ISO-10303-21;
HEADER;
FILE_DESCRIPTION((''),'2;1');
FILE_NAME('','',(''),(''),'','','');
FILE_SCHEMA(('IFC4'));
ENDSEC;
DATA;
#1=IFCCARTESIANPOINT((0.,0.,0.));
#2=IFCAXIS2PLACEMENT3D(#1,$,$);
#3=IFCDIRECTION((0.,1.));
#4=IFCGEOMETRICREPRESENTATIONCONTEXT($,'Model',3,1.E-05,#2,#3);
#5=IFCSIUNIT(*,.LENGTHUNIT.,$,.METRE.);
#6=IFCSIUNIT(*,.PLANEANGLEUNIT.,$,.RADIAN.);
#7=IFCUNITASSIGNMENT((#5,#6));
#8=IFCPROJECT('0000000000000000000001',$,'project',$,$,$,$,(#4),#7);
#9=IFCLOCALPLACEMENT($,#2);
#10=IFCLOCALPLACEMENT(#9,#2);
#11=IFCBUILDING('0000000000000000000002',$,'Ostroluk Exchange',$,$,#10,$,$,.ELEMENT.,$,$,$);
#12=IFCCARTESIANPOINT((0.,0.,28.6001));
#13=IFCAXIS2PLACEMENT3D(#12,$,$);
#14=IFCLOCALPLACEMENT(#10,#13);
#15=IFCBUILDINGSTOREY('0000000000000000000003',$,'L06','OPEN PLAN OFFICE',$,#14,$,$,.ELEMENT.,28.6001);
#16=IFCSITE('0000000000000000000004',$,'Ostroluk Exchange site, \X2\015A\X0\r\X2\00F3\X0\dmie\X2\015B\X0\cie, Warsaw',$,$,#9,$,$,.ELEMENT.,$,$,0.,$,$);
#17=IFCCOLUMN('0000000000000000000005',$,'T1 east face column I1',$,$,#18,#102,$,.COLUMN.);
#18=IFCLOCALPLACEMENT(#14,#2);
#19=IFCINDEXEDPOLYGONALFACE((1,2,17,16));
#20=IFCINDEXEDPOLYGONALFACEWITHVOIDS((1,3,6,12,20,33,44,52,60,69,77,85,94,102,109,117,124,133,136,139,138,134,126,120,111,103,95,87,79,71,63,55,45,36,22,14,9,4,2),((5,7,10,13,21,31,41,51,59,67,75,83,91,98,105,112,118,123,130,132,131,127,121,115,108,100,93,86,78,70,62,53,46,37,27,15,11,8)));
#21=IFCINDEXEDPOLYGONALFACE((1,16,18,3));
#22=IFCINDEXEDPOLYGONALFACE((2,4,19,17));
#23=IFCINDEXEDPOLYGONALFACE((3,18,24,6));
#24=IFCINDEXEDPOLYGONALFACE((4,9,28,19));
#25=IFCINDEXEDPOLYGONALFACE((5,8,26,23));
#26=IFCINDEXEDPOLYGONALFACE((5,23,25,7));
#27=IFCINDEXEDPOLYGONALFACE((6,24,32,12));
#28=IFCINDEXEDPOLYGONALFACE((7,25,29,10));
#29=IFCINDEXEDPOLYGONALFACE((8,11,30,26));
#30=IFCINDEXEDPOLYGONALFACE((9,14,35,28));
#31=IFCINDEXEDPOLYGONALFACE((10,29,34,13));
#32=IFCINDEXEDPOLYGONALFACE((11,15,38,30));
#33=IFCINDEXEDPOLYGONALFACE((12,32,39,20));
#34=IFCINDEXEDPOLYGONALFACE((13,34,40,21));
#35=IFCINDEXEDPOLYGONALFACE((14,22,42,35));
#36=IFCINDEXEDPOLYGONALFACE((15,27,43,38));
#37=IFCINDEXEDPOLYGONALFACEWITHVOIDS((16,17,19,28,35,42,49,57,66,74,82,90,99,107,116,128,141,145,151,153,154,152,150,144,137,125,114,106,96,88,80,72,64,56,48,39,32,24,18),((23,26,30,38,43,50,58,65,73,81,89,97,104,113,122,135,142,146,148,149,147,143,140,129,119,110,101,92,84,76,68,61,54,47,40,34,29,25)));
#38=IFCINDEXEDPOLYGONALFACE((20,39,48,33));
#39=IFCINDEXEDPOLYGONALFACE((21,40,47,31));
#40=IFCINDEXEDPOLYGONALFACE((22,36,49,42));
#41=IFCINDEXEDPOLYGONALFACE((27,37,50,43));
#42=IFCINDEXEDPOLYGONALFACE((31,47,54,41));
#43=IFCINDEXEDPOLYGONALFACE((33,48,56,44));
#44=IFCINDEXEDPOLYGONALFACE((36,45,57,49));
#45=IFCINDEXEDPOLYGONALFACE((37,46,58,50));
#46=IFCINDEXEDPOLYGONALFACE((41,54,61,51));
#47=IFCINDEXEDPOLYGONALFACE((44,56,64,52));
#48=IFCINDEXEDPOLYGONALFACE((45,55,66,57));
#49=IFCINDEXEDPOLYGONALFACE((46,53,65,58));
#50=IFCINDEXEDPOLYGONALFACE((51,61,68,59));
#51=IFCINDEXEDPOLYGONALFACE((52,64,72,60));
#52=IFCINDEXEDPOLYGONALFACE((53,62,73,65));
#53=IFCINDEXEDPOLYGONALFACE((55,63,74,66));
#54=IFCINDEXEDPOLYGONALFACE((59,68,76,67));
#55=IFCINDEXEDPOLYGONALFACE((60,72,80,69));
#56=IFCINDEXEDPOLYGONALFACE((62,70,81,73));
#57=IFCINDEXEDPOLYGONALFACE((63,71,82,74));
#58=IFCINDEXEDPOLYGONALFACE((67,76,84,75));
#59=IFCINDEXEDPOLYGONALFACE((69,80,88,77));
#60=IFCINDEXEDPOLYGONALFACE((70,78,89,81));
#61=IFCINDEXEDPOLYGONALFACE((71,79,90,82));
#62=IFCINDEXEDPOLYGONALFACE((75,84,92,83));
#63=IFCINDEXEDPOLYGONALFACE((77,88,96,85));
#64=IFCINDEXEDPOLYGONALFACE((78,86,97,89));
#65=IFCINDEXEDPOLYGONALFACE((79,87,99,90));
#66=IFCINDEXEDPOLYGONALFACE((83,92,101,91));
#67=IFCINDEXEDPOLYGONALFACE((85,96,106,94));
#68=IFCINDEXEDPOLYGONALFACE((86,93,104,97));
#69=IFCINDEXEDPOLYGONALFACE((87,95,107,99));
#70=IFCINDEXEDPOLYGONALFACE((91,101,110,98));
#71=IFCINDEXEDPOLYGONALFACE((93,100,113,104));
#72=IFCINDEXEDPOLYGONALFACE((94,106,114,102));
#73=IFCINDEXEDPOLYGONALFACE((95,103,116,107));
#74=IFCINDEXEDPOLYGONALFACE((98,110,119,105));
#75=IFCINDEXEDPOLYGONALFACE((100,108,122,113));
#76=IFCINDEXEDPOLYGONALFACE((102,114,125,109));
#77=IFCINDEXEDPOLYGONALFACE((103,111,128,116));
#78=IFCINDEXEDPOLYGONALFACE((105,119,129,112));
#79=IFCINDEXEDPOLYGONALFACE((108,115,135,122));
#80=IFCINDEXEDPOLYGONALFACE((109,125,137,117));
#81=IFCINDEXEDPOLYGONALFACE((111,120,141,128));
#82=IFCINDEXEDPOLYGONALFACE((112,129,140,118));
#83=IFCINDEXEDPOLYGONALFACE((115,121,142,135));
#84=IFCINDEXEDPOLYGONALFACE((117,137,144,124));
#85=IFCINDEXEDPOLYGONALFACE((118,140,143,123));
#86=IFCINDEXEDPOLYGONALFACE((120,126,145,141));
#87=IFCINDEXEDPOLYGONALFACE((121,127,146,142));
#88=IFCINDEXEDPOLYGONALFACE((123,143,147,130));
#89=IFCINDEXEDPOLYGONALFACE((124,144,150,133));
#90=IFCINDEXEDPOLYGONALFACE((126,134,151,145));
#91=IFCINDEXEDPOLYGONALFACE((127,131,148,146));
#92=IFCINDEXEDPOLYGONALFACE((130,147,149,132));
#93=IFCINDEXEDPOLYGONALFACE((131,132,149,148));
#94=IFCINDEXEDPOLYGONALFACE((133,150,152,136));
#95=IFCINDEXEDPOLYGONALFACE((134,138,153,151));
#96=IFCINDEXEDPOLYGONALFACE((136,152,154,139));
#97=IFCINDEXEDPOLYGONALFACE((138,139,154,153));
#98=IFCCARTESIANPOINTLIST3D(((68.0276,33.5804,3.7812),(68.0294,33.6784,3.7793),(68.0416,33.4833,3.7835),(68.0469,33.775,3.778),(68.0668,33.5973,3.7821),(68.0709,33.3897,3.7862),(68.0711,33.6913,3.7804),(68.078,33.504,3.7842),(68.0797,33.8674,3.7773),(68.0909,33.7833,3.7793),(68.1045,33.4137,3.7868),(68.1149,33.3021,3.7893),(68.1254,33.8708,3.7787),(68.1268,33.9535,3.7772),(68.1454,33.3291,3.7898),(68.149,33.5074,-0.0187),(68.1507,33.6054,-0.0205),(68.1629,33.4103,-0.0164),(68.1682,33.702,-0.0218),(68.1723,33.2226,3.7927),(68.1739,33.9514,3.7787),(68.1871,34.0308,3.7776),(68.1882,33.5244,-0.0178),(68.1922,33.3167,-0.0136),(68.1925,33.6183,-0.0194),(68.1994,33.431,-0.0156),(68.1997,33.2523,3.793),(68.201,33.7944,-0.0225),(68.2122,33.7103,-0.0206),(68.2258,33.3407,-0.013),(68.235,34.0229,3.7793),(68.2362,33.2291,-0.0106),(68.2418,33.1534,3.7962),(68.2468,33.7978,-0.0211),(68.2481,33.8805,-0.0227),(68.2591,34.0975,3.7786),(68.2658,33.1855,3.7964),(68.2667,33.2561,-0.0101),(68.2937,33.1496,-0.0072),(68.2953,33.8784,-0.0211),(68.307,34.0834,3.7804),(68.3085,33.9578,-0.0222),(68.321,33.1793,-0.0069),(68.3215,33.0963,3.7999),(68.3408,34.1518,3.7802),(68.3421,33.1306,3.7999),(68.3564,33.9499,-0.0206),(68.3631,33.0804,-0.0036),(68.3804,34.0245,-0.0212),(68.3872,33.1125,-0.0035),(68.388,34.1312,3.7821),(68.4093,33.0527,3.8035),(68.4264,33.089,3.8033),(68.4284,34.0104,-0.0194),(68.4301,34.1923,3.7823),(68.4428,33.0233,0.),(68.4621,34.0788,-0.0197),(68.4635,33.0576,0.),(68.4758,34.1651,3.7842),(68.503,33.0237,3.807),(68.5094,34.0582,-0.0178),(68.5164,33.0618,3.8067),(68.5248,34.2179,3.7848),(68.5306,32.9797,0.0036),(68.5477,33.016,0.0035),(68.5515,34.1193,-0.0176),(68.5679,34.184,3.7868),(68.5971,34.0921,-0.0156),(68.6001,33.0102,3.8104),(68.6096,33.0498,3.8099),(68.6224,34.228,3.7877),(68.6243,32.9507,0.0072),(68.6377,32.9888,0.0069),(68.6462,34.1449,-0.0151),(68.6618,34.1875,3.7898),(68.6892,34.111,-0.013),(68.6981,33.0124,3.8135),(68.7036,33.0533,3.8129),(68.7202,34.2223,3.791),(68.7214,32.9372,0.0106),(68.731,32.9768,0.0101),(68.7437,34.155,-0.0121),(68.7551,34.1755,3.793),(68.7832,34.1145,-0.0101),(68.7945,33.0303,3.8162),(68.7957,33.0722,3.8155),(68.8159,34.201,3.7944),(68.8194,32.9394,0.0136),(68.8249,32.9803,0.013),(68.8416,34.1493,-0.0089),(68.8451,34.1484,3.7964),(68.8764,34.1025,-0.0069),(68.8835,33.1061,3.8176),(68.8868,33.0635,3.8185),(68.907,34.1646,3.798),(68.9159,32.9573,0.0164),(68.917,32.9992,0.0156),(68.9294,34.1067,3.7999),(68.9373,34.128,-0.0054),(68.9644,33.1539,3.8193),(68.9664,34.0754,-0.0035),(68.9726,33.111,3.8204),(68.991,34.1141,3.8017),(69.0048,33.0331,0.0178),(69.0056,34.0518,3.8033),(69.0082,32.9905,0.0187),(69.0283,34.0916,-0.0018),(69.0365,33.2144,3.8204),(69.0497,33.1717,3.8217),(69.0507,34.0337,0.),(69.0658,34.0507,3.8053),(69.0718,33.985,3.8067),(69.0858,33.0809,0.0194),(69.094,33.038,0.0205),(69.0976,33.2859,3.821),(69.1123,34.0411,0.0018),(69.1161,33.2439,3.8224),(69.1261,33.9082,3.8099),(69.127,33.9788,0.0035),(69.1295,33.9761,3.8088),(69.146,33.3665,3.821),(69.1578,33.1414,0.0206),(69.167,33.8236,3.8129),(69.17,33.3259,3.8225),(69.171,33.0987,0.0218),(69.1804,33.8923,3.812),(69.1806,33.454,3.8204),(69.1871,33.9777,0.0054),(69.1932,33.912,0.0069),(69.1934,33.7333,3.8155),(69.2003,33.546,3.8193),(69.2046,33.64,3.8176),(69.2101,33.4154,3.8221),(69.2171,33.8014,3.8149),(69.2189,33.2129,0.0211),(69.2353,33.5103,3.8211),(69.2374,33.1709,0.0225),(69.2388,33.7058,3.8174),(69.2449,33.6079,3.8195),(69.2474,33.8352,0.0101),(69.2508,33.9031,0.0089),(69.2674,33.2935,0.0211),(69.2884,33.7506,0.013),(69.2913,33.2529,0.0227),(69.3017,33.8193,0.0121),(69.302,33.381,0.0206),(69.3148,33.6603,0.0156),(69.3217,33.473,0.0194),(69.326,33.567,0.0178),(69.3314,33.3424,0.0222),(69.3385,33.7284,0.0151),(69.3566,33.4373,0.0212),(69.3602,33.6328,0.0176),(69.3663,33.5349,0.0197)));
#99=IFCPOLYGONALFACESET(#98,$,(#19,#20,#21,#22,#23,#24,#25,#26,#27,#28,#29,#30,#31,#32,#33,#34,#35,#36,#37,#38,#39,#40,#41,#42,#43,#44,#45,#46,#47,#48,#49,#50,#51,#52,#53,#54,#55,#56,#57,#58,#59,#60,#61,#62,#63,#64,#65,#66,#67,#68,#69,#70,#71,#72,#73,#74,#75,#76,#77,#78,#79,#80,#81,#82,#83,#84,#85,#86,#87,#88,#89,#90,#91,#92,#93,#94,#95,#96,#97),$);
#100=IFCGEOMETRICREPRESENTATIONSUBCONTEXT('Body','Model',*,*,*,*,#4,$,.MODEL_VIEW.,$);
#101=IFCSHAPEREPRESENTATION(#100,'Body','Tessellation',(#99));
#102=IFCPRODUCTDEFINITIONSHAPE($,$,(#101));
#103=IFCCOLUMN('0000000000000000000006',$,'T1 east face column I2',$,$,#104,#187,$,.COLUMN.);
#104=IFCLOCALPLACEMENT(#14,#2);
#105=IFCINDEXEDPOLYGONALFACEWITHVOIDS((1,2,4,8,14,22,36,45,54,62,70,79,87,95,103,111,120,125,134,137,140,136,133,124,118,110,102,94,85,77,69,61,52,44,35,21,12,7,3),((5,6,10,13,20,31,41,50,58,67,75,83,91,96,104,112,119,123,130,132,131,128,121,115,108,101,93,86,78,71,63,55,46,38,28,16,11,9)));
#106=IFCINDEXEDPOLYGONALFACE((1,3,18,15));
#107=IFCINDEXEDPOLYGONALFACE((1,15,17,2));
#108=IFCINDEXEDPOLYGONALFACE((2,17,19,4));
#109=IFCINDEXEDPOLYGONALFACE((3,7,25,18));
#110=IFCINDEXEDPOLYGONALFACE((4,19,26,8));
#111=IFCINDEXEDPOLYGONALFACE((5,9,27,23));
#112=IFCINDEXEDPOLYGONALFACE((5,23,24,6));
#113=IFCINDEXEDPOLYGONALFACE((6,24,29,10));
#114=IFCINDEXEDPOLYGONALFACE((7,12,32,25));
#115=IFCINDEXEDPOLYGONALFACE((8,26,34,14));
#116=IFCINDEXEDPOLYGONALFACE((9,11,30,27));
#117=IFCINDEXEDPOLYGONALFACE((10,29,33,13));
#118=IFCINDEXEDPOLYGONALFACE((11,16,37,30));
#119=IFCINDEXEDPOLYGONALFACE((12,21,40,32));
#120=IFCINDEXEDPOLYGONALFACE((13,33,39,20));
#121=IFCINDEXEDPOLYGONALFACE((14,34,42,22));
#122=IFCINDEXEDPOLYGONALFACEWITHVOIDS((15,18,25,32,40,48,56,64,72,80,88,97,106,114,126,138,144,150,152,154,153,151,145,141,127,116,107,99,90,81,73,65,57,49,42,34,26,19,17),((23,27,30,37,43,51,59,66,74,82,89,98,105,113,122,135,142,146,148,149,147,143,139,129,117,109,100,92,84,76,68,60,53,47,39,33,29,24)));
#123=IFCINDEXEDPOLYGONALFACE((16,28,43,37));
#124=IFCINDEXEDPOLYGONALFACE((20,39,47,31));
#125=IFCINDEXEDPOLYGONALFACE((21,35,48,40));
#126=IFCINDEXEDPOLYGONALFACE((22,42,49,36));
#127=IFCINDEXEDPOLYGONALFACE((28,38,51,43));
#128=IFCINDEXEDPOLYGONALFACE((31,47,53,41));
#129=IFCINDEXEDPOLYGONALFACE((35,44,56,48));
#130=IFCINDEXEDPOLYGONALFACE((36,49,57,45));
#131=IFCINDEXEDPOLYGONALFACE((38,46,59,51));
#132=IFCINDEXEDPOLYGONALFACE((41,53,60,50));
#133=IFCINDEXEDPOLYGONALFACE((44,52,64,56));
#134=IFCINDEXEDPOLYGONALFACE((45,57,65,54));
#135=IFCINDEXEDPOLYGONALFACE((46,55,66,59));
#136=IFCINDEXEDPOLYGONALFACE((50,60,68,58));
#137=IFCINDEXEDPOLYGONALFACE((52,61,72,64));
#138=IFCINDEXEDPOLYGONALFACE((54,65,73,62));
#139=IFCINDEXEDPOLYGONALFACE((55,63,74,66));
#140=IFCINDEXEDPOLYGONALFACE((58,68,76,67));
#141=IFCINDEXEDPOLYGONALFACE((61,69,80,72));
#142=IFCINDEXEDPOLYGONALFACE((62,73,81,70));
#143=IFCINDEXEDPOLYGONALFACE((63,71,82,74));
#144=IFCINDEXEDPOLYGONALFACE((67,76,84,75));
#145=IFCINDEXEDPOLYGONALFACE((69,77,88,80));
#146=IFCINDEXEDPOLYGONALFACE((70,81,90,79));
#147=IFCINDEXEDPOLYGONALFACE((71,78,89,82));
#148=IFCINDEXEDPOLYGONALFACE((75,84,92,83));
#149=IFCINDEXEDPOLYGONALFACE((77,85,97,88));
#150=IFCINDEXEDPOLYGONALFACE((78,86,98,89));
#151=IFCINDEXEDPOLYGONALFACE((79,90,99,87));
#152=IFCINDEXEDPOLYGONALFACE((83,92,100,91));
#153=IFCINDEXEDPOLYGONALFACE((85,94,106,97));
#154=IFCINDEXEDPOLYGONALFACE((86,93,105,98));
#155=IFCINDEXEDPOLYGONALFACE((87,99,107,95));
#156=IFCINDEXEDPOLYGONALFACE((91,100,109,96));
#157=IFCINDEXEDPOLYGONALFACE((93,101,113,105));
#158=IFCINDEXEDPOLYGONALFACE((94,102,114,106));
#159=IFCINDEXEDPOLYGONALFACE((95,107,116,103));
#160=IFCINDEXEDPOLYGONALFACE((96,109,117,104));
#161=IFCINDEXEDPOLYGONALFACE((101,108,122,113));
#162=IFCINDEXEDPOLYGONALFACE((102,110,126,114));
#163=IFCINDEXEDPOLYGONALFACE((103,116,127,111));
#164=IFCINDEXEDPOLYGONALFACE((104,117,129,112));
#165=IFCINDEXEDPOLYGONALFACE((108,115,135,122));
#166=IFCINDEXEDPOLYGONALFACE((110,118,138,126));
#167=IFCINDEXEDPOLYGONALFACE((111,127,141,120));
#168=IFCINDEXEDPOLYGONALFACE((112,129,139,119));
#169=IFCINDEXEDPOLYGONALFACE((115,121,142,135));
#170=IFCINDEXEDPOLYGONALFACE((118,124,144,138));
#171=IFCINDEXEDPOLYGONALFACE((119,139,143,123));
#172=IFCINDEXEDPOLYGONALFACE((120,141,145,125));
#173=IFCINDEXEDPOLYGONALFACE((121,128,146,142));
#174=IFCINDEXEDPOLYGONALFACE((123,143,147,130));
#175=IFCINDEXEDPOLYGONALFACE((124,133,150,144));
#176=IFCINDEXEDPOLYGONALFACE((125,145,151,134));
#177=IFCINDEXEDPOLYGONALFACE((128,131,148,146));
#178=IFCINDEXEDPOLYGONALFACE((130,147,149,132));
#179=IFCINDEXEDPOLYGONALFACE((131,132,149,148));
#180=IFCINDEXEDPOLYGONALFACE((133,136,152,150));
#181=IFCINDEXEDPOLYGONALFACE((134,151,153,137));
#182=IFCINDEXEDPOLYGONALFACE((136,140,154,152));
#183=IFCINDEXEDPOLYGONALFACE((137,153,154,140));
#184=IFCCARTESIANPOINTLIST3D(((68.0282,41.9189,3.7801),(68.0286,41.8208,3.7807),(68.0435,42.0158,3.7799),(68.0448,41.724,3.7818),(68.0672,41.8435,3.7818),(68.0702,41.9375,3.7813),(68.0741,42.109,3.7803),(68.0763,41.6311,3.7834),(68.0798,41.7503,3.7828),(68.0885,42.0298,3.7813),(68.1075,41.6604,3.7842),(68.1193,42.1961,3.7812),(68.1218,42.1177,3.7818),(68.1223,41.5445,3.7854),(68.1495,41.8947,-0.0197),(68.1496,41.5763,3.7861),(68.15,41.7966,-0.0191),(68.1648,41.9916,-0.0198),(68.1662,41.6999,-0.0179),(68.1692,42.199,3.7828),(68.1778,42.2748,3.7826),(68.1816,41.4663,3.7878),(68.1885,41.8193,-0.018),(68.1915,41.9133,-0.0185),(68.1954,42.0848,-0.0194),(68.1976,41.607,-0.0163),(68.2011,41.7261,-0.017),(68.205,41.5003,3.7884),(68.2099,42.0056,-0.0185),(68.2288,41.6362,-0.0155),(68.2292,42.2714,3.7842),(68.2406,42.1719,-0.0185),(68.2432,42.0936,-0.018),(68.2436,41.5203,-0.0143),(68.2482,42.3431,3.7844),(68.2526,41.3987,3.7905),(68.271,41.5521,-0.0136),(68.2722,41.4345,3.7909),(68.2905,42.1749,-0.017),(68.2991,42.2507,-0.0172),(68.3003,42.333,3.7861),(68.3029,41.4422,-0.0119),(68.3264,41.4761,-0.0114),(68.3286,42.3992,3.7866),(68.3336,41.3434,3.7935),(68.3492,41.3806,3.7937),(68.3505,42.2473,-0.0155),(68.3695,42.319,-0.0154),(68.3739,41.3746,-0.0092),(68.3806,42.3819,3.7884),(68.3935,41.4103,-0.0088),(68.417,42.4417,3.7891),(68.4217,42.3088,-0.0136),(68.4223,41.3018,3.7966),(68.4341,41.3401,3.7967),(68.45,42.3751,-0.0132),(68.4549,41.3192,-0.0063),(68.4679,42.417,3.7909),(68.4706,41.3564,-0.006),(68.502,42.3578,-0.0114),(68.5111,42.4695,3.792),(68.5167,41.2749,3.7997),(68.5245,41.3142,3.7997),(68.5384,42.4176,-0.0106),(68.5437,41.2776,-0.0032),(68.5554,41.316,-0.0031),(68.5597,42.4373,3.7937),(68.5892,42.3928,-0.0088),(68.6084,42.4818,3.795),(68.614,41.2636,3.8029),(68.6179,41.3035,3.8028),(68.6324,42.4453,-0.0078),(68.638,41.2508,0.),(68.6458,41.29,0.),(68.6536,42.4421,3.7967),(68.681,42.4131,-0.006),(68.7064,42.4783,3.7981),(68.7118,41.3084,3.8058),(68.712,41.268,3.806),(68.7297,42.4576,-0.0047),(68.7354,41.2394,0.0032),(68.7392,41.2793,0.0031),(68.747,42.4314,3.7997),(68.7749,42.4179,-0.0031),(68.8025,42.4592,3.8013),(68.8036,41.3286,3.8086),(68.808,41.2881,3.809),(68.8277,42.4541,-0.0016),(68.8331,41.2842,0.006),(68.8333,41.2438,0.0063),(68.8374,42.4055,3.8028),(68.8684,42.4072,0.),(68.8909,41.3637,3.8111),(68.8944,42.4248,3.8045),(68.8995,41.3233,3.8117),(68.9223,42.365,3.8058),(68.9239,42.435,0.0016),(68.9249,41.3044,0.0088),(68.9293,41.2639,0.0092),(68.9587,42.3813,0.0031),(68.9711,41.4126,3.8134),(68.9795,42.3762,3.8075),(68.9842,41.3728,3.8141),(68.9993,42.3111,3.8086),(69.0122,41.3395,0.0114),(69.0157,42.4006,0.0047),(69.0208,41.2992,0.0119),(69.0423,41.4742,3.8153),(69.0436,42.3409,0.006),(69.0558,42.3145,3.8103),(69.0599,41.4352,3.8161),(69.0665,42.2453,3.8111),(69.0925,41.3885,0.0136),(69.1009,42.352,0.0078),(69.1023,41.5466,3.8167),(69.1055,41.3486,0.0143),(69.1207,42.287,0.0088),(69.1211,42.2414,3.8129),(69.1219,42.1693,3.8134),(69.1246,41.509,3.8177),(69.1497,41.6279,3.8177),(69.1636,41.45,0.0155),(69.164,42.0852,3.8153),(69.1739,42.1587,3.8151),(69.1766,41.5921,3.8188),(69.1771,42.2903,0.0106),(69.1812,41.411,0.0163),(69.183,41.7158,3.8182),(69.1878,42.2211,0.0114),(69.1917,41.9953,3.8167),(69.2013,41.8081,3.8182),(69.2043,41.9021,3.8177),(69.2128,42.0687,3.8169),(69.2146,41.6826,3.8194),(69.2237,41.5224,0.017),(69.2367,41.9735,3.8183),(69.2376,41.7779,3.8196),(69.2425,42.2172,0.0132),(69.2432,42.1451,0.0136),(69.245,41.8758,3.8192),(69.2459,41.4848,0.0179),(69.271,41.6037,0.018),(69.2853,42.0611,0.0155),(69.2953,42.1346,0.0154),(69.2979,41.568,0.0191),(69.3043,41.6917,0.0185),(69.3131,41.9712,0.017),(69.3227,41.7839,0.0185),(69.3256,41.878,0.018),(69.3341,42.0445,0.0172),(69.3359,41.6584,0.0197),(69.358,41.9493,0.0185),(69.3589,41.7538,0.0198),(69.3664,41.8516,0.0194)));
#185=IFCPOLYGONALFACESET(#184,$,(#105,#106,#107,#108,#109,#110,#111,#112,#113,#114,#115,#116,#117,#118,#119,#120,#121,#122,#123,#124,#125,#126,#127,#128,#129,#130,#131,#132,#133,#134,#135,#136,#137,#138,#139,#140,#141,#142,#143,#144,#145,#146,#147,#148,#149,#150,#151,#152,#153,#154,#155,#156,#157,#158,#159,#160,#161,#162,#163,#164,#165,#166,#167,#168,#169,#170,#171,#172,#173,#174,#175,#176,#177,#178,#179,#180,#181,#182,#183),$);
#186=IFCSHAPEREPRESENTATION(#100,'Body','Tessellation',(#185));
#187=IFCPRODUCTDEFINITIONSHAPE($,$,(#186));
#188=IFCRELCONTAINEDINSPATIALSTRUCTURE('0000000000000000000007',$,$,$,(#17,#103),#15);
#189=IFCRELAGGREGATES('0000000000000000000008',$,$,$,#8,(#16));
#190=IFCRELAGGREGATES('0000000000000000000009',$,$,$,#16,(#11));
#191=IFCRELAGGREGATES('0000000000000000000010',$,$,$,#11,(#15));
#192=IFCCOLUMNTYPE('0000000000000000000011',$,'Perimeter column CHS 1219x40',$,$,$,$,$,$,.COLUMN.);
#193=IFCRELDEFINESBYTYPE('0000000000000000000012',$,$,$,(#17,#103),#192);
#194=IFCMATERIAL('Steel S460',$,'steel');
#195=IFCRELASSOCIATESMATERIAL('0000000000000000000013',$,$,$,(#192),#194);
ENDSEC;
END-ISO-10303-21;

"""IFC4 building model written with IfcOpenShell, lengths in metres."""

from ifc_helpers import new_model, si_unit, direction, frame, origin, origin_2d, place, context, subcontext, project, spatial, hollow_circle, extrude, material, material_profile, profile_set, type_object, element, save


model = new_model("IFC4")

# Units and contexts
model_context = context("Model", 3, precision=1e-05, world=origin(), true_north=direction((0.0, 1.0)))
body_context = subcontext(model_context, "Body", "Model", "MODEL_VIEW")
ifc_project = project(units=[si_unit("LENGTHUNIT", "METRE"), si_unit("PLANEANGLEUNIT", "RADIAN")], contexts=[model_context])

# Site, building, storey
site_placement = place(None, origin())
site = spatial("IfcSite", under=ifc_project, at=site_placement, Name="Ostroluk Exchange site, Śródmieście, Warsaw", CompositionType="ELEMENT", RefElevation=0.0)
building_placement = place(site_placement, origin())
building = spatial("IfcBuilding", under=site, at=building_placement, Name="Ostroluk Exchange", CompositionType="ELEMENT")
storey_placement = place(building_placement, frame((0.0, 0.0, 28.6001)))
storey = spatial("IfcBuildingStorey", under=building, at=storey_placement, Name="L06", Description="OPEN PLAN OFFICE", CompositionType="ELEMENT", Elevation=28.6001)

# Columns
ifc_material_1 = material(Name="Steel S460", Category="steel")
ifc_material_profile_1 = material_profile(ifc_material_1, hollow_circle(Radius=0.6096, WallThickness=0.04, at=origin_2d()), Name="CHS 1219x40")
ifc_profile_set_1 = profile_set([ifc_material_profile_1], Name="Steel S460")
column_type = type_object("IfcColumnType", Name="Perimeter column CHS 1219x40", PredefinedType="COLUMN", material=ifc_profile_set_1)
column_1_placement = place(storey_placement, frame((68.7571, 33.5457, 0.0), z_axis=(-0.031911, 0.019198, 0.999306), x_axis=(-0.51551, -0.856884, 0.0)))
element("IfcColumn", 1, at=column_1_placement, inside=storey, type_object=column_type, Name="T1 east face column I1", PredefinedType="COLUMN", context=body_context, shape_type="SweptSolid", body=[
    extrude(hollow_circle(Radius=0.6096, WallThickness=0.04, at=origin_2d()), origin(), (0.0, 0.0, 1.0), 3.8025),
])
column_2_placement = place(storey_placement, frame((68.7571, 41.8486, 0.0), z_axis=(-0.031916, 0.006357, 0.99947), x_axis=(-0.195357, -0.980732, 0.0)))
element("IfcColumn", 2, at=column_2_placement, inside=storey, type_object=column_type, Name="T1 east face column I2", PredefinedType="COLUMN", context=body_context, shape_type="SweptSolid", body=[
    extrude(hollow_circle(Radius=0.6096, WallThickness=0.04, at=origin_2d()), origin(), (0.0, 0.0, 1.0), 3.8018),
])

save(model, "model.ifc")
